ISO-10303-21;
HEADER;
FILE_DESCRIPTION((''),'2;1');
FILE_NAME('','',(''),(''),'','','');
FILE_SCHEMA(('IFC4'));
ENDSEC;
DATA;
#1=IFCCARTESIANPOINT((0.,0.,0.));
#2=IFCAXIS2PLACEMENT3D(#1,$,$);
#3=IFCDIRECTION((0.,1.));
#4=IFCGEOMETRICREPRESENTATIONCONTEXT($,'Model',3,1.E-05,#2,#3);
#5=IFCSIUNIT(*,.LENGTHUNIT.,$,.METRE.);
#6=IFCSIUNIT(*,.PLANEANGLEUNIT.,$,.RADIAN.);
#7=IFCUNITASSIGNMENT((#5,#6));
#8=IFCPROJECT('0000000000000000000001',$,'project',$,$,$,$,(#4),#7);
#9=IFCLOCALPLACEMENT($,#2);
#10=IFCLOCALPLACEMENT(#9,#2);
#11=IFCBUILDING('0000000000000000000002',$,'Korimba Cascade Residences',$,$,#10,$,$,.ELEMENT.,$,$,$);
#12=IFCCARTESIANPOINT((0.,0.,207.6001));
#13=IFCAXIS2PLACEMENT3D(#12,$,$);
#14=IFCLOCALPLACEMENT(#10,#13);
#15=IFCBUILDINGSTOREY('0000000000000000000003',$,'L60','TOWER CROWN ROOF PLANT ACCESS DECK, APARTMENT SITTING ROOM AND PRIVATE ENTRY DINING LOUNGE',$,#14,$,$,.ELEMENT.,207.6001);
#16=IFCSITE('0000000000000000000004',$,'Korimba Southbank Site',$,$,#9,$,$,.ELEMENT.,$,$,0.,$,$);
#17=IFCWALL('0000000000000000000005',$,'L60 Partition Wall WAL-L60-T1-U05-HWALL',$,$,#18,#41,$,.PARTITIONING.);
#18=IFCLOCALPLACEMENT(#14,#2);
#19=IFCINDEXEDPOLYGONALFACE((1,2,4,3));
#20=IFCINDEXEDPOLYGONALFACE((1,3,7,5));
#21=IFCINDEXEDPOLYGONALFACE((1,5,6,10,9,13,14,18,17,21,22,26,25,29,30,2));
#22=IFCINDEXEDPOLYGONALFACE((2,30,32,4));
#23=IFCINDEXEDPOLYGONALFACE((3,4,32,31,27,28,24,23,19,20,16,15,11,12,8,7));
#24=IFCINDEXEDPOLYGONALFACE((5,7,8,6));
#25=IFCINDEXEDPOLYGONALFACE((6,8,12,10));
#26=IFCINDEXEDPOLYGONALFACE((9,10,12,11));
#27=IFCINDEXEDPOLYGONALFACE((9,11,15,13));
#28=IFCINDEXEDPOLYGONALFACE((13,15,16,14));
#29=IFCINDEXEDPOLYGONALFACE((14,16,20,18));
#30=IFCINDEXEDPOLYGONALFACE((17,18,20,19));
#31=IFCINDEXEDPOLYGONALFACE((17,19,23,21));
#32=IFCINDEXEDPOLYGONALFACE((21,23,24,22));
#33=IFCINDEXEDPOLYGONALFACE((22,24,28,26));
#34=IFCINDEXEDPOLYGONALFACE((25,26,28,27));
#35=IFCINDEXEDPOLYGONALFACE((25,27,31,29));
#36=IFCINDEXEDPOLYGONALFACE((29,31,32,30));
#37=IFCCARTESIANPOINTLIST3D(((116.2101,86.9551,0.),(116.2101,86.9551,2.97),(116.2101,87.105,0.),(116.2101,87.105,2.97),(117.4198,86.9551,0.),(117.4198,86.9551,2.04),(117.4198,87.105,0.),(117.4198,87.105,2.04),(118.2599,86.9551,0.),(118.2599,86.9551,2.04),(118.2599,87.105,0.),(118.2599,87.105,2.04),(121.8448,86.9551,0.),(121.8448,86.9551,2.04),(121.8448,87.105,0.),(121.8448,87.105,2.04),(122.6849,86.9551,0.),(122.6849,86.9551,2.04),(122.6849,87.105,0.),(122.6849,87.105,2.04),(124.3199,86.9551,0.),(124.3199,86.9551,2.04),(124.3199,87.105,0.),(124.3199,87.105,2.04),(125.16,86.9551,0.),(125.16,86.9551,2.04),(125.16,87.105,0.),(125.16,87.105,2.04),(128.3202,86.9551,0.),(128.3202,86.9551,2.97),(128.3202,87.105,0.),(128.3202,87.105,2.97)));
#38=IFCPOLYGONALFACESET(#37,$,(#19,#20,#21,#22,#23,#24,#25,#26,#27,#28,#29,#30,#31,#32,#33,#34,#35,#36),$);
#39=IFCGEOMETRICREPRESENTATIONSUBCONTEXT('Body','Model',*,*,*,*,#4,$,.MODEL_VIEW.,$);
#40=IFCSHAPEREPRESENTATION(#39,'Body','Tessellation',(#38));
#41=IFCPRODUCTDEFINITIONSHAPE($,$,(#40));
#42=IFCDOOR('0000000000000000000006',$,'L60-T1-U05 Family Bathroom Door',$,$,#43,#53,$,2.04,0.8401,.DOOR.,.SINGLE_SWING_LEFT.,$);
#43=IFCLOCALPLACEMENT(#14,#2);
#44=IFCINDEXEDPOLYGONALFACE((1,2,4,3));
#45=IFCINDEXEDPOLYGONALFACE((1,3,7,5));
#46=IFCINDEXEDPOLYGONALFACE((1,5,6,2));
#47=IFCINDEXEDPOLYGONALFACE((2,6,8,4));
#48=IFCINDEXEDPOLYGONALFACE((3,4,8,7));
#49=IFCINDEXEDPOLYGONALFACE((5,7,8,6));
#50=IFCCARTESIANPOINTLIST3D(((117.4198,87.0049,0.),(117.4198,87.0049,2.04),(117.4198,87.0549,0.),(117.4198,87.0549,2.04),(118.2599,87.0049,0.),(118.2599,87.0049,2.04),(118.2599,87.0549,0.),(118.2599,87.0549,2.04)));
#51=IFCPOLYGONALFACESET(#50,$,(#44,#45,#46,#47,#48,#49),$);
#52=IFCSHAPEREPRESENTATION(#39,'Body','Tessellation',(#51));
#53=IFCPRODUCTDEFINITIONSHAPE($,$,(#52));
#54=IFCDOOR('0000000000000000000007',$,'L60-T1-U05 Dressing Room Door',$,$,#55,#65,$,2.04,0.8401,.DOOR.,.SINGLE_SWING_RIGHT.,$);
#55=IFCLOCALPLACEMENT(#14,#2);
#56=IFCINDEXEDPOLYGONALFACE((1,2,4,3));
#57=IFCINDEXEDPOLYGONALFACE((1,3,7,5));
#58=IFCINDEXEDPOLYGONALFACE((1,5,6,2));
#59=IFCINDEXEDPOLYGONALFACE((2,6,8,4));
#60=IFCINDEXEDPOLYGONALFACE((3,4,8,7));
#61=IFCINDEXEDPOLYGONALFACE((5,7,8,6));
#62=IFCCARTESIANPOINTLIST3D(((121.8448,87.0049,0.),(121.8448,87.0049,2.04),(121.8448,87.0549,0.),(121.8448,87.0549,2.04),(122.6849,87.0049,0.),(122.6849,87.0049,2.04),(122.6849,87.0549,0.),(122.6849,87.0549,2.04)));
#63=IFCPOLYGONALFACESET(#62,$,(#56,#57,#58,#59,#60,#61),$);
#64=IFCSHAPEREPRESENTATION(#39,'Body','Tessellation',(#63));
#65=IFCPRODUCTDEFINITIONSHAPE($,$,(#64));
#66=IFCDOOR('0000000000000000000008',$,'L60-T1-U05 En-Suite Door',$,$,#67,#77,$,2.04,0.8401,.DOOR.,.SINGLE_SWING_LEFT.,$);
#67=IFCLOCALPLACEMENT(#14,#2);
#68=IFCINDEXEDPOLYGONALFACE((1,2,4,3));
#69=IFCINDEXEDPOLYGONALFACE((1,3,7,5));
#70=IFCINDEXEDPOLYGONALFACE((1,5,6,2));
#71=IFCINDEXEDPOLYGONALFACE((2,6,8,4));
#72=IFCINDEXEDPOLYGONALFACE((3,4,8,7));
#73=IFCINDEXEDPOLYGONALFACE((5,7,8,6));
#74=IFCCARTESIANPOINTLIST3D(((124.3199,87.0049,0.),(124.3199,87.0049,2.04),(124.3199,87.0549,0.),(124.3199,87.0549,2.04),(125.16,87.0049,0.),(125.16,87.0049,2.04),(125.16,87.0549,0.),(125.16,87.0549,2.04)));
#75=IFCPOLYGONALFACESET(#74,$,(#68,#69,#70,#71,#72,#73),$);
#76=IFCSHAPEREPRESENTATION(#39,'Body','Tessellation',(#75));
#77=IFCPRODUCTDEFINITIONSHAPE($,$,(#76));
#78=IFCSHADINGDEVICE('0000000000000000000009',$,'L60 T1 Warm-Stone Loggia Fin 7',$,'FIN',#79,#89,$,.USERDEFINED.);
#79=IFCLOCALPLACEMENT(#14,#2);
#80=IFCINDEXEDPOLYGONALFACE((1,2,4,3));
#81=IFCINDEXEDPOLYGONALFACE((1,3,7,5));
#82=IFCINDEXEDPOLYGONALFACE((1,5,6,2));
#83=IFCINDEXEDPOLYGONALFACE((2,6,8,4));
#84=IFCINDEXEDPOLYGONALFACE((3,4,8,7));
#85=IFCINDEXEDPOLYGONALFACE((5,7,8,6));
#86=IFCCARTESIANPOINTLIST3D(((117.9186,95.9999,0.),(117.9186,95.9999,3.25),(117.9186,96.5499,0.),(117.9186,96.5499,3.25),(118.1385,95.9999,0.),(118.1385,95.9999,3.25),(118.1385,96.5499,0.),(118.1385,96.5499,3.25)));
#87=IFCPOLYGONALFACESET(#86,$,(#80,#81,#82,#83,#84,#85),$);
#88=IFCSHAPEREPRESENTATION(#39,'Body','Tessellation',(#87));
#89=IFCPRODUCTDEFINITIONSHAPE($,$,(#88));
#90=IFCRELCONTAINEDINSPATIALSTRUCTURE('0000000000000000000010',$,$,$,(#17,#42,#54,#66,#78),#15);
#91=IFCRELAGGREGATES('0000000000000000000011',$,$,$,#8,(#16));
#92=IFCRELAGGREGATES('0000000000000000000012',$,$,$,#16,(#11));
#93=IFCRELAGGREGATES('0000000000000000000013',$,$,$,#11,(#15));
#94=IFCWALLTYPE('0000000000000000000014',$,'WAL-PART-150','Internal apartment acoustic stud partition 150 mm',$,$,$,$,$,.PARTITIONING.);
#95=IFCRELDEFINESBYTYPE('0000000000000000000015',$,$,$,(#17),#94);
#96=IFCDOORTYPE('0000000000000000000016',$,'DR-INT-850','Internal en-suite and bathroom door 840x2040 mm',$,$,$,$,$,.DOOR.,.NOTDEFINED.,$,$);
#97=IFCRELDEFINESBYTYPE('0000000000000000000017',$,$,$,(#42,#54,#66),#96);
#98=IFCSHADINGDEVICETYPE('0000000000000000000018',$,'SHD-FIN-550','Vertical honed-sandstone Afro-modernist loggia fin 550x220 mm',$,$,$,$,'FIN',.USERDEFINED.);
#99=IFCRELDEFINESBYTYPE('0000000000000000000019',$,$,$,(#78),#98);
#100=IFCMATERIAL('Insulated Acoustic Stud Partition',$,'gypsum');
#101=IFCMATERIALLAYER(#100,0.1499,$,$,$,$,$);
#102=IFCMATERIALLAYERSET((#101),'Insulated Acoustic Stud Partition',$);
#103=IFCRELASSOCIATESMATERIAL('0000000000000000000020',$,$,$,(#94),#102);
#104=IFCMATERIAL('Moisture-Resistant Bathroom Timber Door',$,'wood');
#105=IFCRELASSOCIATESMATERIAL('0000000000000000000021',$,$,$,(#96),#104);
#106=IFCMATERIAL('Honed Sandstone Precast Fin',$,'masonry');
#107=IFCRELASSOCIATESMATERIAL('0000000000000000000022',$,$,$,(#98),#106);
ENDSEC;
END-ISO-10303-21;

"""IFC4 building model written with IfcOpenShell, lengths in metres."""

from ifc_helpers import new_model, si_unit, direction, frame, frame_2d, origin, origin_2d, place, context, subcontext, project, spatial, rectangle, extrude, material, layer, layer_set, type_object, element, fill, save


model = new_model("IFC4")

# Units and contexts
model_context = context("Model", 3, precision=1e-05, world=origin(), true_north=direction((0.0, 1.0)))
body_context = subcontext(model_context, "Body", "Model", "MODEL_VIEW")
ifc_project = project(units=[si_unit("LENGTHUNIT", "METRE"), si_unit("PLANEANGLEUNIT", "RADIAN")], contexts=[model_context])

# Site, building, storey
site_placement = place(None, origin())
site = spatial("IfcSite", under=ifc_project, at=site_placement, Name="Korimba Southbank Site", CompositionType="ELEMENT", RefElevation=0.0)
building_placement = place(site_placement, origin())
building = spatial("IfcBuilding", under=site, at=building_placement, Name="Korimba Cascade Residences", CompositionType="ELEMENT")
storey_placement = place(building_placement, frame((0.0, 0.0, 207.6001)))
storey = spatial("IfcBuildingStorey", under=building, at=storey_placement, Name="L60", Description="TOWER CROWN ROOF PLANT ACCESS DECK, APARTMENT SITTING ROOM AND PRIVATE ENTRY DINING LOUNGE", CompositionType="ELEMENT", Elevation=207.6001)

# Shared definitions
ifc_material_1 = material(Name="Insulated Acoustic Stud Partition", Category="gypsum")
ifc_layer = layer(ifc_material_1, 0.1499)
ifc_layer_set = layer_set([ifc_layer], Name="Insulated Acoustic Stud Partition")
wall_type = type_object("IfcWallType", Name="WAL-PART-150", Description="Internal apartment acoustic stud partition 150 mm", PredefinedType="PARTITIONING", material=ifc_layer_set)

# Wall, openings, doors
wall_1_placement = place(storey_placement, frame((116.21, 87.03, 0.0), z_axis=(0.0, 0.0, 1.0), x_axis=(1.0, 0.0, 0.0)))
wall_1 = element("IfcWall", 1, at=wall_1_placement, inside=storey, type_object=wall_type, Name="L60 Partition Wall WAL-L60-T1-U05-HWALL", PredefinedType="PARTITIONING", context=body_context, shape_type="SweptSolid", body=[
    extrude(rectangle(XDim=12.1101, YDim=0.1499, at=frame_2d((6.0552, 0.0))), origin(), (0.0, 0.0, 1.0), 2.97),
])
opening_1_placement = place(wall_1_placement, frame((1.21, 0.0, 0.0)))
opening_1 = element("IfcOpeningElement", 2, at=opening_1_placement, cuts=wall_1, PredefinedType="OPENING", context=body_context, shape_type="SweptSolid", body=[
    extrude(rectangle(XDim=0.8401, YDim=2.04, at=frame_2d((0.4199, 1.02))), frame((0.0, 0.085, 0.0), z_axis=(0.0, -1.0, 0.0), x_axis=(1.0, 0.0, 0.0)), (0.0, 0.0, 1.0), 0.1699),
])
opening_2_placement = place(wall_1_placement, frame((5.635, 0.0, 0.0)))
opening_2 = element("IfcOpeningElement", 3, at=opening_2_placement, cuts=wall_1, PredefinedType="OPENING", context=body_context, shape_type="SweptSolid", body=[
    extrude(rectangle(XDim=0.8401, YDim=2.04, at=frame_2d((0.4199, 1.02))), frame((0.0, 0.085, 0.0), z_axis=(0.0, -1.0, 0.0), x_axis=(1.0, 0.0, 0.0)), (0.0, 0.0, 1.0), 0.1699),
])
opening_3_placement = place(wall_1_placement, frame((8.1101, 0.0, 0.0)))
opening_3 = element("IfcOpeningElement", 4, at=opening_3_placement, cuts=wall_1, PredefinedType="OPENING", context=body_context, shape_type="SweptSolid", body=[
    extrude(rectangle(XDim=0.8401, YDim=2.04, at=frame_2d((0.4199, 1.02))), frame((0.0, 0.085, 0.0), z_axis=(0.0, -1.0, 0.0), x_axis=(1.0, 0.0, 0.0)), (0.0, 0.0, 1.0), 0.1699),
])
ifc_material_2 = material(Name="Moisture-Resistant Bathroom Timber Door", Category="wood")
door_type = type_object("IfcDoorType", Name="DR-INT-850", Description="Internal en-suite and bathroom door 840x2040 mm", OperationType="NOTDEFINED", PredefinedType="DOOR", material=ifc_material_2)
door_1_placement = place(opening_1_placement, origin())
door_1 = element("IfcDoor", 5, at=door_1_placement, inside=storey, type_object=door_type, Name="L60-T1-U05 Family Bathroom Door", OperationType="SINGLE_SWING_LEFT", OverallHeight=2.04, OverallWidth=0.8401, PredefinedType="DOOR", context=body_context, shape_type="SweptSolid", body=[
    extrude(rectangle(XDim=0.8401, YDim=2.04, at=frame_2d((0.4199, 1.02))), frame((0.0, 0.0249, 0.0), z_axis=(0.0, -1.0, 0.0), x_axis=(1.0, 0.0, 0.0)), (0.0, 0.0, 1.0), 0.05),
])
fill(opening_1, door_1)
door_2_placement = place(opening_2_placement, origin())
door_2 = element("IfcDoor", 6, at=door_2_placement, inside=storey, type_object=door_type, Name="L60-T1-U05 Dressing Room Door", OperationType="SINGLE_SWING_RIGHT", OverallHeight=2.04, OverallWidth=0.8401, PredefinedType="DOOR", context=body_context, shape_type="SweptSolid", body=[
    extrude(rectangle(XDim=0.8401, YDim=2.04, at=frame_2d((0.4199, 1.02))), frame((0.0, 0.0249, 0.0), z_axis=(0.0, -1.0, 0.0), x_axis=(1.0, 0.0, 0.0)), (0.0, 0.0, 1.0), 0.05),
])
fill(opening_2, door_2)
door_3_placement = place(opening_3_placement, origin())
door_3 = element("IfcDoor", 7, at=door_3_placement, inside=storey, type_object=door_type, Name="L60-T1-U05 En-Suite Door", OperationType="SINGLE_SWING_LEFT", OverallHeight=2.04, OverallWidth=0.8401, PredefinedType="DOOR", context=body_context, shape_type="SweptSolid", body=[
    extrude(rectangle(XDim=0.8401, YDim=2.04, at=frame_2d((0.4199, 1.02))), frame((0.0, 0.0249, 0.0), z_axis=(0.0, -1.0, 0.0), x_axis=(1.0, 0.0, 0.0)), (0.0, 0.0, 1.0), 0.05),
])
fill(opening_3, door_3)

# Shading device
ifc_material_3 = material(Name="Honed Sandstone Precast Fin", Category="masonry")
shading_device_type = type_object("IfcShadingDeviceType", Name="SHD-FIN-550", Description="Vertical honed-sandstone Afro-modernist loggia fin 550x220 mm", ElementType="FIN", PredefinedType="USERDEFINED", material=ifc_material_3)
shading_device_placement = place(storey_placement, frame((118.0286, 96.2749, 0.0), z_axis=(0.0, 0.0, 1.0), x_axis=(1.0, 0.0, 0.0)))
element("IfcShadingDevice", 8, at=shading_device_placement, inside=storey, type_object=shading_device_type, Name="L60 T1 Warm-Stone Loggia Fin 7", ObjectType="FIN", PredefinedType="USERDEFINED", context=body_context, shape_type="SweptSolid", body=[
    extrude(rectangle(XDim=0.22, YDim=0.55, at=origin_2d()), origin(), (0.0, 0.0, 1.0), 3.25),
])

save(model, "model.ifc")
